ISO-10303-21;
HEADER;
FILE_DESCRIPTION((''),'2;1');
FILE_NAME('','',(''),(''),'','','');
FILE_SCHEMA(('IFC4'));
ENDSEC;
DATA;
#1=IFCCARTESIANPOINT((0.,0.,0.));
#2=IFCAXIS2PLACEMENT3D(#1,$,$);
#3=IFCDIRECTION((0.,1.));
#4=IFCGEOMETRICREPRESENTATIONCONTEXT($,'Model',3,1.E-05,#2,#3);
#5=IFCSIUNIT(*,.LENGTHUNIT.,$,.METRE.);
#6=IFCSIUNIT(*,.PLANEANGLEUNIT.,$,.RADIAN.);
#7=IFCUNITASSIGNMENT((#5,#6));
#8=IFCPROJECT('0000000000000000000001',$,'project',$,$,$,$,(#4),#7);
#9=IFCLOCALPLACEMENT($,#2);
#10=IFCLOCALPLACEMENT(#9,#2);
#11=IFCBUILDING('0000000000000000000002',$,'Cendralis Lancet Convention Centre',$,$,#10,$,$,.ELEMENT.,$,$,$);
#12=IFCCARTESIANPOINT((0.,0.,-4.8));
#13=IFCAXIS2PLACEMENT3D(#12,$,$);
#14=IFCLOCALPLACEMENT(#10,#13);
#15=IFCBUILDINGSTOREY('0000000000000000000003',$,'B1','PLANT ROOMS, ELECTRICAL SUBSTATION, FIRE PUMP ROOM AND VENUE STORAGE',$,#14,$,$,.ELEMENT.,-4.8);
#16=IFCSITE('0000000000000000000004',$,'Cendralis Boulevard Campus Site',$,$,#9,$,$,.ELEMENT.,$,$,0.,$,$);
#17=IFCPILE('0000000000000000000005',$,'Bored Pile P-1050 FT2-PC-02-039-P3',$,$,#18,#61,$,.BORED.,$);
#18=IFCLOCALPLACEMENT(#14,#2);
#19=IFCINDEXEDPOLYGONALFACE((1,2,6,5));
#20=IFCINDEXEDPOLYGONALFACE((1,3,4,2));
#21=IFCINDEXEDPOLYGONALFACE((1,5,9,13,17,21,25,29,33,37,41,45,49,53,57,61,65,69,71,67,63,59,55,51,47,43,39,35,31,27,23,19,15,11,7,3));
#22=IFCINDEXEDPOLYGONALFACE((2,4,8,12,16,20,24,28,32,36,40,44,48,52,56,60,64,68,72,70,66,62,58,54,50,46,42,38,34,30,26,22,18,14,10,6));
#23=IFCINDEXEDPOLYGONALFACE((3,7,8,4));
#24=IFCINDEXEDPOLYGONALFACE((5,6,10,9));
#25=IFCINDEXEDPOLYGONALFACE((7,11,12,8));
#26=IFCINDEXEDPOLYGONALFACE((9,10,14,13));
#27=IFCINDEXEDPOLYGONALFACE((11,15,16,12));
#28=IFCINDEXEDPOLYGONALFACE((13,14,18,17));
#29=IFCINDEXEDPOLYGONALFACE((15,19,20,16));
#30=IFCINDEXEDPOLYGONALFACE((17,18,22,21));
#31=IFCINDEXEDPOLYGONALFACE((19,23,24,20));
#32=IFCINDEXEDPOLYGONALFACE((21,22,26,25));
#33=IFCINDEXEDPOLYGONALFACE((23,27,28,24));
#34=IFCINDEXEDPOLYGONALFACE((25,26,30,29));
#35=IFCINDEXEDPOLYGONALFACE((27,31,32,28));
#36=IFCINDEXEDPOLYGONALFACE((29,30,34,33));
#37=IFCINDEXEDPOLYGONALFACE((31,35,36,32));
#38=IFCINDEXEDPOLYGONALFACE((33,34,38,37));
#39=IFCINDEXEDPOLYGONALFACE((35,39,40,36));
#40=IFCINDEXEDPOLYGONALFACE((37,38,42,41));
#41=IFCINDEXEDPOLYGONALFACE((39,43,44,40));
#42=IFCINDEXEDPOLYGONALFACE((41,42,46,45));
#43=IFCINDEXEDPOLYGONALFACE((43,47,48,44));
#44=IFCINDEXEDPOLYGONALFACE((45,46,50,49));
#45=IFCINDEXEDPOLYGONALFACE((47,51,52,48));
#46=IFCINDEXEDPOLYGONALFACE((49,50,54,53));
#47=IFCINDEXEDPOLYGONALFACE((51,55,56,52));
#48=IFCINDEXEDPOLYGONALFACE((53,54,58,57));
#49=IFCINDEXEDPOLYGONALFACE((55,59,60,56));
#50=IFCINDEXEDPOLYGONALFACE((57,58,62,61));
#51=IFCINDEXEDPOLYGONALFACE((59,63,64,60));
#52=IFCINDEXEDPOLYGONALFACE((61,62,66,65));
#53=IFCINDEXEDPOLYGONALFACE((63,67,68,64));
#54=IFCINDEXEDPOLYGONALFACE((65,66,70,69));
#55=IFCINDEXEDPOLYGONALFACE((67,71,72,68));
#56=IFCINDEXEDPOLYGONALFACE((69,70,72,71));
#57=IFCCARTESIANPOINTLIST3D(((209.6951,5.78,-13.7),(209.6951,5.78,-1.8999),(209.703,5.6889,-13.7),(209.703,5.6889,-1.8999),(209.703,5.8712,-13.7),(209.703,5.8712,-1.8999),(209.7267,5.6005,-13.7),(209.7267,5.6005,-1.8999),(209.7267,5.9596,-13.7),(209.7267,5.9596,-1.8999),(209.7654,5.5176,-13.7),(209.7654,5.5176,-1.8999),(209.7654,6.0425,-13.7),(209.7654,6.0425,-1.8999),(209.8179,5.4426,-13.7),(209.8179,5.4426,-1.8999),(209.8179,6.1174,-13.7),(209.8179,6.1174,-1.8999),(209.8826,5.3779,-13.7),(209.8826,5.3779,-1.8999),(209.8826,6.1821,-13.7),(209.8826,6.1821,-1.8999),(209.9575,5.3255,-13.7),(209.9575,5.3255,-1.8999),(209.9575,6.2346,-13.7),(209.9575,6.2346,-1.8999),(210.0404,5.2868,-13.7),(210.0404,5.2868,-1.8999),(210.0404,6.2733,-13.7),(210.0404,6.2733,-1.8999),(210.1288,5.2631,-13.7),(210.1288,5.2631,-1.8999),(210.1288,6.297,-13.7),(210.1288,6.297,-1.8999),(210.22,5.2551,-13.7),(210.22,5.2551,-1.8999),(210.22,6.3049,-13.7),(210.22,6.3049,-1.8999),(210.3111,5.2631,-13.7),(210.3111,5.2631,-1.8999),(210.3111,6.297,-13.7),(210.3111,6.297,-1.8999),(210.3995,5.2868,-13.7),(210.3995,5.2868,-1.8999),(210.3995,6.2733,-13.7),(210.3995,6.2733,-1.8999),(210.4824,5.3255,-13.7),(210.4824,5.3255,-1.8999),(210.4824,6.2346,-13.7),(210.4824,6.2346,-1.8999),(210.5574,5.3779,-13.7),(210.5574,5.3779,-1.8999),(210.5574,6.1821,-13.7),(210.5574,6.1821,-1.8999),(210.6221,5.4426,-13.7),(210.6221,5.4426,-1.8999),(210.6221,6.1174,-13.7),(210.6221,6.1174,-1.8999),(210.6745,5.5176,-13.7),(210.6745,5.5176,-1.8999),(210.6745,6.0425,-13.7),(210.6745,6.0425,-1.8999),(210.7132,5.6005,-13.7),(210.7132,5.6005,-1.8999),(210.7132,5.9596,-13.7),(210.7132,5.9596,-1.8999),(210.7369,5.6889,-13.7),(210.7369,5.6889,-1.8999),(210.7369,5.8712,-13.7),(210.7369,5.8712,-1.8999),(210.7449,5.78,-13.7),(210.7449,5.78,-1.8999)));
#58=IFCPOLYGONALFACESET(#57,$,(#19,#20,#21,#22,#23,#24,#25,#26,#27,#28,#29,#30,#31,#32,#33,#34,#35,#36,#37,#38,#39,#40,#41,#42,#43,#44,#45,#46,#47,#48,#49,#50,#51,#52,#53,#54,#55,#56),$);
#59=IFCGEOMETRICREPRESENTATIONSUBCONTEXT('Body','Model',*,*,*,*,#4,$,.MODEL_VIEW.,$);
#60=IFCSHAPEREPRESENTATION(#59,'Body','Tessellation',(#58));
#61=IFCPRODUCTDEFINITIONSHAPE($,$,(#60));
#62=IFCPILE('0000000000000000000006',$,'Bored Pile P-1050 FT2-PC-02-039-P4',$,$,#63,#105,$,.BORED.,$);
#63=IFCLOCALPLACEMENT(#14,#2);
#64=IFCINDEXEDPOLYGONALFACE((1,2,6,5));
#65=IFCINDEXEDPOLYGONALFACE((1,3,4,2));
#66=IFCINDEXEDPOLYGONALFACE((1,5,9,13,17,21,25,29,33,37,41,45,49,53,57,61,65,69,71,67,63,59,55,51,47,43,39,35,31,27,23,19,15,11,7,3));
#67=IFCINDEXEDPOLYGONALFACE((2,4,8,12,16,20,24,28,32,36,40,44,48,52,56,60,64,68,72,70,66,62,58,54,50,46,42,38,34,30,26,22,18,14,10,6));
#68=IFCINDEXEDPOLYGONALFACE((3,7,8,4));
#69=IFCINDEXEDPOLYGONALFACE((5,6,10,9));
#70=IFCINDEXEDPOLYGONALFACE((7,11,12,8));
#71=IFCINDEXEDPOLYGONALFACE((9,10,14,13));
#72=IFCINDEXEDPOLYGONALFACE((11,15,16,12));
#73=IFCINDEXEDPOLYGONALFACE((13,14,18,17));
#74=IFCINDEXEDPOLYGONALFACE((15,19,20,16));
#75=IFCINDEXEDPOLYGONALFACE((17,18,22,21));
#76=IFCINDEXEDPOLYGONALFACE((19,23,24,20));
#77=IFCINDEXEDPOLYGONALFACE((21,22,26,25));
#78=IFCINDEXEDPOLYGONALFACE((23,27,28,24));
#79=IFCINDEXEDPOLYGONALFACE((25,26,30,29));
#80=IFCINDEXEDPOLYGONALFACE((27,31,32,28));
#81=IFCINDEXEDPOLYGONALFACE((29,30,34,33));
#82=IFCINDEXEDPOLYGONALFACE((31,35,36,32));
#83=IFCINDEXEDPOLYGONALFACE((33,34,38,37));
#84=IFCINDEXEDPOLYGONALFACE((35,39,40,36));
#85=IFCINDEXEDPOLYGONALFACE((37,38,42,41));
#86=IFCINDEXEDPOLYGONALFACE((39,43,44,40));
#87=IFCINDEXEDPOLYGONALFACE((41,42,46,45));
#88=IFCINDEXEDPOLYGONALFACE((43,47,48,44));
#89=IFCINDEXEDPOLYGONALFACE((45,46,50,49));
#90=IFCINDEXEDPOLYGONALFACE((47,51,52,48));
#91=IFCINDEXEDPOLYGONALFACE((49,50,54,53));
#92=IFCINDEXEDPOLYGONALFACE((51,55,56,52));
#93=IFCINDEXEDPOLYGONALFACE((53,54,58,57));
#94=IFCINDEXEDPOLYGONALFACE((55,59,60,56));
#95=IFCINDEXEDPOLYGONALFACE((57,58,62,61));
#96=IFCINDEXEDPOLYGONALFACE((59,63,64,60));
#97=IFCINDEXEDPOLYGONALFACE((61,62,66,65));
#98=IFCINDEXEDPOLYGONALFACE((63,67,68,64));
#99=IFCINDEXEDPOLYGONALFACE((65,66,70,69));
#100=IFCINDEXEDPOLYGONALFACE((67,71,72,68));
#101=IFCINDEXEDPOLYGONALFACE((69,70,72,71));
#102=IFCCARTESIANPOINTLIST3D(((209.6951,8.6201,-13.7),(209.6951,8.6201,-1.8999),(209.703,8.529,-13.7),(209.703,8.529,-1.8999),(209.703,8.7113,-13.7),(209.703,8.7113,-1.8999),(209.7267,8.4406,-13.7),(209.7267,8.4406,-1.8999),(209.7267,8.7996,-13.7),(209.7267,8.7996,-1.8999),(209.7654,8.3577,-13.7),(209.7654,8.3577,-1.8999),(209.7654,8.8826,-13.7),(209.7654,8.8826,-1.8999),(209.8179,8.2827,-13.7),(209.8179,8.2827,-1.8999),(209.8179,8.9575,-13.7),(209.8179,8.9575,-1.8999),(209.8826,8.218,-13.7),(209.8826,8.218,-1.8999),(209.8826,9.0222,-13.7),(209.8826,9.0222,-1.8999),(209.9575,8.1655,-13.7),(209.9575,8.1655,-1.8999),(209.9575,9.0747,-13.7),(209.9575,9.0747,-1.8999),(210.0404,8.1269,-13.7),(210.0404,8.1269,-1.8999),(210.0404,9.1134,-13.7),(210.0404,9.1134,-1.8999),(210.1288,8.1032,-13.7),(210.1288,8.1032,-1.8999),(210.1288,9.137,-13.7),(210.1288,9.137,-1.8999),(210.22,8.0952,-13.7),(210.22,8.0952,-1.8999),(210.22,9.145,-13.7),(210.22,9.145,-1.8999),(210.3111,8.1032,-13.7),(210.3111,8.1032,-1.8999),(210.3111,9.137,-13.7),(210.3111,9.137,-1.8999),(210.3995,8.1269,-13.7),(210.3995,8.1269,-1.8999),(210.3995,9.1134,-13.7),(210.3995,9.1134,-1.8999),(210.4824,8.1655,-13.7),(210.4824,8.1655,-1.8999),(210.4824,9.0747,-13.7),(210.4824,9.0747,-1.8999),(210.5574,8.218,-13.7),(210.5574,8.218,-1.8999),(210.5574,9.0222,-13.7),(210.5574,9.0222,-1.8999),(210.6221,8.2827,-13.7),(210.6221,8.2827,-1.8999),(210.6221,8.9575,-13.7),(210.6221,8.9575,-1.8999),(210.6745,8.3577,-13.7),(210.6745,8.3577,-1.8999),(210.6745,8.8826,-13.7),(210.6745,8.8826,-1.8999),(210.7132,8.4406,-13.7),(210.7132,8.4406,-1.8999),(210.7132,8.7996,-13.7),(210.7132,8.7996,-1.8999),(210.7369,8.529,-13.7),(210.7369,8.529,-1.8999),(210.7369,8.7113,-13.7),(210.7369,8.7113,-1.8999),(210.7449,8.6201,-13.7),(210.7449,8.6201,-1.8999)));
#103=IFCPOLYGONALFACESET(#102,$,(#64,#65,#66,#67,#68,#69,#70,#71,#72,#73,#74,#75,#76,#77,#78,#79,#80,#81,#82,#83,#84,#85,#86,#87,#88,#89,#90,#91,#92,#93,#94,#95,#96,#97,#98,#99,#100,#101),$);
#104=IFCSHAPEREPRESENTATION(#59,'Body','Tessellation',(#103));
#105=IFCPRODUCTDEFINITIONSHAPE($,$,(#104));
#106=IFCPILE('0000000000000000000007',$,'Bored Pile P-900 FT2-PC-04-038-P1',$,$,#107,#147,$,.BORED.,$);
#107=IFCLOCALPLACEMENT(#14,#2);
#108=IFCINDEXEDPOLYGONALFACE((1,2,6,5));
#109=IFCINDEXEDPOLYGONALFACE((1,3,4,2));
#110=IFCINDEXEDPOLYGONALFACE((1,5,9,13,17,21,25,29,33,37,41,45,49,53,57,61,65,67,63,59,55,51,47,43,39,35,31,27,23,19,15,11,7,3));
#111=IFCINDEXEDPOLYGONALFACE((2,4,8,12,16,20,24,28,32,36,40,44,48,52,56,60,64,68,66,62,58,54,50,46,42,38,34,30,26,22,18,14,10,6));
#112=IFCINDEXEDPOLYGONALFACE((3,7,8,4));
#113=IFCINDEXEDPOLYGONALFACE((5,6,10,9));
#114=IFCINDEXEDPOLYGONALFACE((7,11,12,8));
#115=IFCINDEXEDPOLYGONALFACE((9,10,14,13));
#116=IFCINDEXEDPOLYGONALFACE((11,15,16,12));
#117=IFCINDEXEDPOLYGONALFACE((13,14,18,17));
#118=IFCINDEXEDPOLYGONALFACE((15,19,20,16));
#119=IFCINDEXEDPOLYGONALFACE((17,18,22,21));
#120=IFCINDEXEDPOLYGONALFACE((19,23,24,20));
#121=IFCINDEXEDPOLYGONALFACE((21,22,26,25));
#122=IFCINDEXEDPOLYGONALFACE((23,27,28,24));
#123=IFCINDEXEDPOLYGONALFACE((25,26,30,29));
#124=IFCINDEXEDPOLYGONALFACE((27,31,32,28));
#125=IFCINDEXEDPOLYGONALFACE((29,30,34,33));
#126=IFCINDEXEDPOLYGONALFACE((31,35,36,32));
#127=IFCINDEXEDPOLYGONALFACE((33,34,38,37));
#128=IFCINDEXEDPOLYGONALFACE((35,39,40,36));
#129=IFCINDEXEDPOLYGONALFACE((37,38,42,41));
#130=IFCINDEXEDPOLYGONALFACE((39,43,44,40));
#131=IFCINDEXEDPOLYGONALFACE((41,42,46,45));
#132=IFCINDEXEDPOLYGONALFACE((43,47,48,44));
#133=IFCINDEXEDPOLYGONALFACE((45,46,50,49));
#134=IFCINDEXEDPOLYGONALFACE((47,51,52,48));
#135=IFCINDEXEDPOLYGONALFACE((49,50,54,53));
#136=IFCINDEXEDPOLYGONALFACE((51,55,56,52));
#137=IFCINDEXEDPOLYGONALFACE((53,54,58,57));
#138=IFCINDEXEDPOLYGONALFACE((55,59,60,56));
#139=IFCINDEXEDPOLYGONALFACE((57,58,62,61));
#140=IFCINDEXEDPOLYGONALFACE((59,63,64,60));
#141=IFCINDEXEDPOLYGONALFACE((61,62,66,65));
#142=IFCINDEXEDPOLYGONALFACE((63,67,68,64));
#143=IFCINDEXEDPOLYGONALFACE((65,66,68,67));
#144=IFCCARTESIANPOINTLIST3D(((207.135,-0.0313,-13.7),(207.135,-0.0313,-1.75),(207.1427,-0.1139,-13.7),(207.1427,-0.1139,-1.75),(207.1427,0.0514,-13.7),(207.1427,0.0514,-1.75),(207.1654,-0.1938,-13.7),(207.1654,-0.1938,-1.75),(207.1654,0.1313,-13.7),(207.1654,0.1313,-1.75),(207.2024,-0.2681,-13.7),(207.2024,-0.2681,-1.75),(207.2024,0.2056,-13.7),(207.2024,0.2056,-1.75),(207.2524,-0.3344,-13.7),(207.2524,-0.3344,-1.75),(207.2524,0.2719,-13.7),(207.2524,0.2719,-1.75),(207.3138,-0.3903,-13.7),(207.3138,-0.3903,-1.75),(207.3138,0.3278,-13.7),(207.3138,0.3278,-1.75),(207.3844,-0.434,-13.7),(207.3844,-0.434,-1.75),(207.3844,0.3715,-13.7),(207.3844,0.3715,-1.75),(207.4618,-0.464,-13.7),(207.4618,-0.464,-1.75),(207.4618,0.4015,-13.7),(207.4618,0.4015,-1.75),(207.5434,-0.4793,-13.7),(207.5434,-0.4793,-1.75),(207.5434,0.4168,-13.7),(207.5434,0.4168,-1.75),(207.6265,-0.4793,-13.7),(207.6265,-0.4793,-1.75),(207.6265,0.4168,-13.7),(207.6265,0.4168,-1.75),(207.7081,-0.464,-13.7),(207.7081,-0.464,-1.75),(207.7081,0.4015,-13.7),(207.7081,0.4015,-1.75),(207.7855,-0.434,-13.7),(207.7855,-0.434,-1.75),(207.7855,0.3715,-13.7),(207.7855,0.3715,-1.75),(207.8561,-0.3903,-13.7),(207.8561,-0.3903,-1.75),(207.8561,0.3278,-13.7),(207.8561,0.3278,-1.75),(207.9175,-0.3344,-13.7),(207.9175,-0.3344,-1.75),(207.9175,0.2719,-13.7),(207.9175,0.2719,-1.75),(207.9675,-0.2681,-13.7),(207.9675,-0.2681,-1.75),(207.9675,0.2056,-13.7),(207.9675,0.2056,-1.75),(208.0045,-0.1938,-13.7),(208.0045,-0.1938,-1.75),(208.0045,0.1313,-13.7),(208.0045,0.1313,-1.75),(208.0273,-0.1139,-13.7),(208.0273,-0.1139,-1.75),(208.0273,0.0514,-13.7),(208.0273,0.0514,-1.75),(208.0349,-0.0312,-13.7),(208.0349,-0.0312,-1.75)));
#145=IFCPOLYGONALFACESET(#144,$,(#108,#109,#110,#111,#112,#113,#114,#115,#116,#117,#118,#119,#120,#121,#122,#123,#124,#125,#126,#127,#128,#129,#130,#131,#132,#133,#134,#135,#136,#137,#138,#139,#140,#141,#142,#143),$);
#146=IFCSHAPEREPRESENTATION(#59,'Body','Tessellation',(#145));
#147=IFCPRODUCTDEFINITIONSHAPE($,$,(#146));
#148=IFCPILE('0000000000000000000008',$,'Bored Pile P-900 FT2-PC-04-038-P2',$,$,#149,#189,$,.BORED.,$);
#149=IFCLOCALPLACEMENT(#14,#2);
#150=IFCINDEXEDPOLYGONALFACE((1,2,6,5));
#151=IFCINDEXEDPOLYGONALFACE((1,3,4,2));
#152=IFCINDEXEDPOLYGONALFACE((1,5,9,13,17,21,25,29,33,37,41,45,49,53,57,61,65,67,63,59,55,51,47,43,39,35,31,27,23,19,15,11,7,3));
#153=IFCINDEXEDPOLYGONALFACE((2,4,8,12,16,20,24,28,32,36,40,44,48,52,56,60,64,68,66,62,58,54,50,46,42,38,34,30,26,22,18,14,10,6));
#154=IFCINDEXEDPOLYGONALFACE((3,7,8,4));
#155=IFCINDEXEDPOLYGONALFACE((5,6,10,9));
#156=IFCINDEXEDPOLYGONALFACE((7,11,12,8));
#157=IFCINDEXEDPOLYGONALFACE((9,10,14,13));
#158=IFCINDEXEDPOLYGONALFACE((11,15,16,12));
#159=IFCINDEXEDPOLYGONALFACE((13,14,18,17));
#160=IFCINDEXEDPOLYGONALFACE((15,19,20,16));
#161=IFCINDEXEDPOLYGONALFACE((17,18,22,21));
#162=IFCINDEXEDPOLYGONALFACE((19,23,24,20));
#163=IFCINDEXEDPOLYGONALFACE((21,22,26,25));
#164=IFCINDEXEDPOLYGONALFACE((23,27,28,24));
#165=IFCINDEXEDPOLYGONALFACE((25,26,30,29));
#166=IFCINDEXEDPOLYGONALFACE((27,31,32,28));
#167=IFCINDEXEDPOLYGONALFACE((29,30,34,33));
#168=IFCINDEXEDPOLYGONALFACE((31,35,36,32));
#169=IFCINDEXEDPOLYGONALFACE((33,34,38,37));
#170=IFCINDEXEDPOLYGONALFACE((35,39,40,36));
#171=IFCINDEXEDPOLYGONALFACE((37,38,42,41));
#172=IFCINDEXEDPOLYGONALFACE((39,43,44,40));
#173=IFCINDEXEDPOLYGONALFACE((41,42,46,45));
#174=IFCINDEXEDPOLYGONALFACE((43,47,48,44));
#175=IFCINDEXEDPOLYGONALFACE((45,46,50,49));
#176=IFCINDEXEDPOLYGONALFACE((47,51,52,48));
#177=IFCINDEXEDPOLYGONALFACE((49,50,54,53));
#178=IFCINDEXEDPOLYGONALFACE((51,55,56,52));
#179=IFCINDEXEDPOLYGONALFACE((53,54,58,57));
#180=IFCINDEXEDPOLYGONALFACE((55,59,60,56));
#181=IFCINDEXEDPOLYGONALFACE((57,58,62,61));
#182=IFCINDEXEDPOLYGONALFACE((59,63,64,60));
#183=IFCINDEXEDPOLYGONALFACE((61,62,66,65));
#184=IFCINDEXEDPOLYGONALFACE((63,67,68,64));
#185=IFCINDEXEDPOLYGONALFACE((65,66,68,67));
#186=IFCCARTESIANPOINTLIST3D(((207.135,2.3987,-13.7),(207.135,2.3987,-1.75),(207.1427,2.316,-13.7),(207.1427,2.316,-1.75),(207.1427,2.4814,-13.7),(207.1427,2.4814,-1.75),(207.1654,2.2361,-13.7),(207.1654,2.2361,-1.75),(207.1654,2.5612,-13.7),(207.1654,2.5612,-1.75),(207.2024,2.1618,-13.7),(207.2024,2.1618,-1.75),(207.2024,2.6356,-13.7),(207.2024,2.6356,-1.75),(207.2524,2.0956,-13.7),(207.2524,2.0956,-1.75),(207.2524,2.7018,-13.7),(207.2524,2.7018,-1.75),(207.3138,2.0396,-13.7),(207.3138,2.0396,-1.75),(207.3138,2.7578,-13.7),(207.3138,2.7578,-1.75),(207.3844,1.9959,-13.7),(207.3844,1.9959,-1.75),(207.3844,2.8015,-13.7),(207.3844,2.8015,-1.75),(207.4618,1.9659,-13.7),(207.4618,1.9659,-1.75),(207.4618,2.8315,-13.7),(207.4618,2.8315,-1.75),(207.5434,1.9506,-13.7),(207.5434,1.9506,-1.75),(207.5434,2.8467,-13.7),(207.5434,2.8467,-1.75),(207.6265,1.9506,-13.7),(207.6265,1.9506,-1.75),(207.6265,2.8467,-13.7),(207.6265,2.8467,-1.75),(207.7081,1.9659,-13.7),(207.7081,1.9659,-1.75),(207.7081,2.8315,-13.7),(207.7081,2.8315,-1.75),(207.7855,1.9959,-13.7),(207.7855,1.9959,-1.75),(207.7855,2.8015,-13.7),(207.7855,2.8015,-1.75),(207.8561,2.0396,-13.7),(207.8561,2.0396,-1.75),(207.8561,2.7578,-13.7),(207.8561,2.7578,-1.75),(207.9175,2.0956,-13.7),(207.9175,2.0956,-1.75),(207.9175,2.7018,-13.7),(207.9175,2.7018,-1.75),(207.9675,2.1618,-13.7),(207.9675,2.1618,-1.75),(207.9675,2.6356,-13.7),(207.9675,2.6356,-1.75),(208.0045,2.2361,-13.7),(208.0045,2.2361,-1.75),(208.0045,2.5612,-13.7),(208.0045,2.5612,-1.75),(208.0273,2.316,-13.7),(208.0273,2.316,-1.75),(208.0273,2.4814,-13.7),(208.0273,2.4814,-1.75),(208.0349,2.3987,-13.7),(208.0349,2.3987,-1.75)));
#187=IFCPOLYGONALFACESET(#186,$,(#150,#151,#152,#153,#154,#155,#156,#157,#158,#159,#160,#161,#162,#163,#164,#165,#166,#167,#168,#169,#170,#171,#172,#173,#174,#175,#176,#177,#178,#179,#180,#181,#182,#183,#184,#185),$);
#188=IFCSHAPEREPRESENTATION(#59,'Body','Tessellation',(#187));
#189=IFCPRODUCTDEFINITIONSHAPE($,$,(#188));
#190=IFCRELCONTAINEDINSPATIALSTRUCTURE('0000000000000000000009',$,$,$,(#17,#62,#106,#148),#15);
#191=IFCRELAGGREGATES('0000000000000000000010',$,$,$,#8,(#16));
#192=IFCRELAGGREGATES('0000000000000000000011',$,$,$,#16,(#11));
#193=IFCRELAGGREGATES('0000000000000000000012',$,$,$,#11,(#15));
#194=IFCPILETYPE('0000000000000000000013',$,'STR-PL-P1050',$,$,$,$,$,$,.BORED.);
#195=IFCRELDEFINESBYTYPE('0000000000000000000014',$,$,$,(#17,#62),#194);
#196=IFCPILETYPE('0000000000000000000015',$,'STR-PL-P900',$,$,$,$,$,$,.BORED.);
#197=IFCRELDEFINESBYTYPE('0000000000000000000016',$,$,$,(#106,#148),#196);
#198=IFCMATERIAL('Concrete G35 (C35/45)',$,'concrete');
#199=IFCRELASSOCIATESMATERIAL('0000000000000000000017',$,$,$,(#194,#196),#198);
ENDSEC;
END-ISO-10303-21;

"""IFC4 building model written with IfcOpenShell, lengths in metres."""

from ifc_helpers import new_model, si_unit, direction, frame, origin, origin_2d, place, context, subcontext, project, spatial, circle, extrude, material, material_profile, profile_set, type_object, element, save


model = new_model("IFC4")

# Units and contexts
model_context = context("Model", 3, precision=1e-05, world=origin(), true_north=direction((0.0, 1.0)))
body_context = subcontext(model_context, "Body", "Model", "MODEL_VIEW")
ifc_project = project(units=[si_unit("LENGTHUNIT", "METRE"), si_unit("PLANEANGLEUNIT", "RADIAN")], contexts=[model_context])

# Site, building, storey
site_placement = place(None, origin())
site = spatial("IfcSite", under=ifc_project, at=site_placement, Name="Cendralis Boulevard Campus Site", CompositionType="ELEMENT", RefElevation=0.0)
building_placement = place(site_placement, origin())
building = spatial("IfcBuilding", under=site, at=building_placement, Name="Cendralis Lancet Convention Centre", CompositionType="ELEMENT")
storey_placement = place(building_placement, frame((0.0, 0.0, -4.8)))
storey = spatial("IfcBuildingStorey", under=building, at=storey_placement, Name="B1", Description="PLANT ROOMS, ELECTRICAL SUBSTATION, FIRE PUMP ROOM AND VENUE STORAGE", CompositionType="ELEMENT", Elevation=-4.8)

# Shared definitions
ifc_material_1 = material(Name="Concrete G35 (C35/45)", Category="concrete")

# Piles
ifc_material_profile_1 = material_profile(ifc_material_1, circle(Radius=0.5249, at=origin_2d()), Name="BORED PILE D1050")
ifc_profile_set_1 = profile_set([ifc_material_profile_1], Name="Concrete G35 (C35/45)")
pile_type_1 = type_object("IfcPileType", Name="STR-PL-P1050", PredefinedType="BORED", material=ifc_profile_set_1)
for number, where, z_axis, x_axis, name in (
    (1, (210.22, 5.78, -1.8999), (0.0, 0.0, -1.0), (1.0, 0.0, 0.0), "Bored Pile P-1050 FT2-PC-02-039-P3"),
    (2, (210.22, 8.6201, -1.8999), (0.0, 0.0, -1.0), (1.0, 0.0, 0.0), "Bored Pile P-1050 FT2-PC-02-039-P4"),
):
    element("IfcPile", number, at=place(storey_placement, frame(where, z_axis=z_axis, x_axis=x_axis)), inside=storey, type_object=pile_type_1, Name=name, PredefinedType="BORED", context=body_context, shape_type="SweptSolid", body=[
        extrude(circle(Radius=0.5249, at=origin_2d()), origin(), (0.0, 0.0, 1.0), 11.8),
    ])
ifc_material_profile_2 = material_profile(ifc_material_1, circle(Radius=0.45, at=origin_2d()), Name="BORED PILE D900")
ifc_profile_set_2 = profile_set([ifc_material_profile_2], Name="Concrete G35 (C35/45)")
pile_type_2 = type_object("IfcPileType", Name="STR-PL-P900", PredefinedType="BORED", material=ifc_profile_set_2)
for number, where, z_axis, x_axis, name in (
    (3, (207.585, -0.0312, -1.75), (0.0, 0.0, -1.0), (1.0, 0.0, 0.0), "Bored Pile P-900 FT2-PC-04-038-P1"),
    (4, (207.585, 2.3987, -1.75), (0.0, 0.0, -1.0), (1.0, 0.0, 0.0), "Bored Pile P-900 FT2-PC-04-038-P2"),
):
    element("IfcPile", number, at=place(storey_placement, frame(where, z_axis=z_axis, x_axis=x_axis)), inside=storey, type_object=pile_type_2, Name=name, PredefinedType="BORED", context=body_context, shape_type="SweptSolid", body=[
        extrude(circle(Radius=0.45, at=origin_2d()), origin(), (0.0, 0.0, 1.0), 11.95),
    ])

save(model, "model.ifc")
